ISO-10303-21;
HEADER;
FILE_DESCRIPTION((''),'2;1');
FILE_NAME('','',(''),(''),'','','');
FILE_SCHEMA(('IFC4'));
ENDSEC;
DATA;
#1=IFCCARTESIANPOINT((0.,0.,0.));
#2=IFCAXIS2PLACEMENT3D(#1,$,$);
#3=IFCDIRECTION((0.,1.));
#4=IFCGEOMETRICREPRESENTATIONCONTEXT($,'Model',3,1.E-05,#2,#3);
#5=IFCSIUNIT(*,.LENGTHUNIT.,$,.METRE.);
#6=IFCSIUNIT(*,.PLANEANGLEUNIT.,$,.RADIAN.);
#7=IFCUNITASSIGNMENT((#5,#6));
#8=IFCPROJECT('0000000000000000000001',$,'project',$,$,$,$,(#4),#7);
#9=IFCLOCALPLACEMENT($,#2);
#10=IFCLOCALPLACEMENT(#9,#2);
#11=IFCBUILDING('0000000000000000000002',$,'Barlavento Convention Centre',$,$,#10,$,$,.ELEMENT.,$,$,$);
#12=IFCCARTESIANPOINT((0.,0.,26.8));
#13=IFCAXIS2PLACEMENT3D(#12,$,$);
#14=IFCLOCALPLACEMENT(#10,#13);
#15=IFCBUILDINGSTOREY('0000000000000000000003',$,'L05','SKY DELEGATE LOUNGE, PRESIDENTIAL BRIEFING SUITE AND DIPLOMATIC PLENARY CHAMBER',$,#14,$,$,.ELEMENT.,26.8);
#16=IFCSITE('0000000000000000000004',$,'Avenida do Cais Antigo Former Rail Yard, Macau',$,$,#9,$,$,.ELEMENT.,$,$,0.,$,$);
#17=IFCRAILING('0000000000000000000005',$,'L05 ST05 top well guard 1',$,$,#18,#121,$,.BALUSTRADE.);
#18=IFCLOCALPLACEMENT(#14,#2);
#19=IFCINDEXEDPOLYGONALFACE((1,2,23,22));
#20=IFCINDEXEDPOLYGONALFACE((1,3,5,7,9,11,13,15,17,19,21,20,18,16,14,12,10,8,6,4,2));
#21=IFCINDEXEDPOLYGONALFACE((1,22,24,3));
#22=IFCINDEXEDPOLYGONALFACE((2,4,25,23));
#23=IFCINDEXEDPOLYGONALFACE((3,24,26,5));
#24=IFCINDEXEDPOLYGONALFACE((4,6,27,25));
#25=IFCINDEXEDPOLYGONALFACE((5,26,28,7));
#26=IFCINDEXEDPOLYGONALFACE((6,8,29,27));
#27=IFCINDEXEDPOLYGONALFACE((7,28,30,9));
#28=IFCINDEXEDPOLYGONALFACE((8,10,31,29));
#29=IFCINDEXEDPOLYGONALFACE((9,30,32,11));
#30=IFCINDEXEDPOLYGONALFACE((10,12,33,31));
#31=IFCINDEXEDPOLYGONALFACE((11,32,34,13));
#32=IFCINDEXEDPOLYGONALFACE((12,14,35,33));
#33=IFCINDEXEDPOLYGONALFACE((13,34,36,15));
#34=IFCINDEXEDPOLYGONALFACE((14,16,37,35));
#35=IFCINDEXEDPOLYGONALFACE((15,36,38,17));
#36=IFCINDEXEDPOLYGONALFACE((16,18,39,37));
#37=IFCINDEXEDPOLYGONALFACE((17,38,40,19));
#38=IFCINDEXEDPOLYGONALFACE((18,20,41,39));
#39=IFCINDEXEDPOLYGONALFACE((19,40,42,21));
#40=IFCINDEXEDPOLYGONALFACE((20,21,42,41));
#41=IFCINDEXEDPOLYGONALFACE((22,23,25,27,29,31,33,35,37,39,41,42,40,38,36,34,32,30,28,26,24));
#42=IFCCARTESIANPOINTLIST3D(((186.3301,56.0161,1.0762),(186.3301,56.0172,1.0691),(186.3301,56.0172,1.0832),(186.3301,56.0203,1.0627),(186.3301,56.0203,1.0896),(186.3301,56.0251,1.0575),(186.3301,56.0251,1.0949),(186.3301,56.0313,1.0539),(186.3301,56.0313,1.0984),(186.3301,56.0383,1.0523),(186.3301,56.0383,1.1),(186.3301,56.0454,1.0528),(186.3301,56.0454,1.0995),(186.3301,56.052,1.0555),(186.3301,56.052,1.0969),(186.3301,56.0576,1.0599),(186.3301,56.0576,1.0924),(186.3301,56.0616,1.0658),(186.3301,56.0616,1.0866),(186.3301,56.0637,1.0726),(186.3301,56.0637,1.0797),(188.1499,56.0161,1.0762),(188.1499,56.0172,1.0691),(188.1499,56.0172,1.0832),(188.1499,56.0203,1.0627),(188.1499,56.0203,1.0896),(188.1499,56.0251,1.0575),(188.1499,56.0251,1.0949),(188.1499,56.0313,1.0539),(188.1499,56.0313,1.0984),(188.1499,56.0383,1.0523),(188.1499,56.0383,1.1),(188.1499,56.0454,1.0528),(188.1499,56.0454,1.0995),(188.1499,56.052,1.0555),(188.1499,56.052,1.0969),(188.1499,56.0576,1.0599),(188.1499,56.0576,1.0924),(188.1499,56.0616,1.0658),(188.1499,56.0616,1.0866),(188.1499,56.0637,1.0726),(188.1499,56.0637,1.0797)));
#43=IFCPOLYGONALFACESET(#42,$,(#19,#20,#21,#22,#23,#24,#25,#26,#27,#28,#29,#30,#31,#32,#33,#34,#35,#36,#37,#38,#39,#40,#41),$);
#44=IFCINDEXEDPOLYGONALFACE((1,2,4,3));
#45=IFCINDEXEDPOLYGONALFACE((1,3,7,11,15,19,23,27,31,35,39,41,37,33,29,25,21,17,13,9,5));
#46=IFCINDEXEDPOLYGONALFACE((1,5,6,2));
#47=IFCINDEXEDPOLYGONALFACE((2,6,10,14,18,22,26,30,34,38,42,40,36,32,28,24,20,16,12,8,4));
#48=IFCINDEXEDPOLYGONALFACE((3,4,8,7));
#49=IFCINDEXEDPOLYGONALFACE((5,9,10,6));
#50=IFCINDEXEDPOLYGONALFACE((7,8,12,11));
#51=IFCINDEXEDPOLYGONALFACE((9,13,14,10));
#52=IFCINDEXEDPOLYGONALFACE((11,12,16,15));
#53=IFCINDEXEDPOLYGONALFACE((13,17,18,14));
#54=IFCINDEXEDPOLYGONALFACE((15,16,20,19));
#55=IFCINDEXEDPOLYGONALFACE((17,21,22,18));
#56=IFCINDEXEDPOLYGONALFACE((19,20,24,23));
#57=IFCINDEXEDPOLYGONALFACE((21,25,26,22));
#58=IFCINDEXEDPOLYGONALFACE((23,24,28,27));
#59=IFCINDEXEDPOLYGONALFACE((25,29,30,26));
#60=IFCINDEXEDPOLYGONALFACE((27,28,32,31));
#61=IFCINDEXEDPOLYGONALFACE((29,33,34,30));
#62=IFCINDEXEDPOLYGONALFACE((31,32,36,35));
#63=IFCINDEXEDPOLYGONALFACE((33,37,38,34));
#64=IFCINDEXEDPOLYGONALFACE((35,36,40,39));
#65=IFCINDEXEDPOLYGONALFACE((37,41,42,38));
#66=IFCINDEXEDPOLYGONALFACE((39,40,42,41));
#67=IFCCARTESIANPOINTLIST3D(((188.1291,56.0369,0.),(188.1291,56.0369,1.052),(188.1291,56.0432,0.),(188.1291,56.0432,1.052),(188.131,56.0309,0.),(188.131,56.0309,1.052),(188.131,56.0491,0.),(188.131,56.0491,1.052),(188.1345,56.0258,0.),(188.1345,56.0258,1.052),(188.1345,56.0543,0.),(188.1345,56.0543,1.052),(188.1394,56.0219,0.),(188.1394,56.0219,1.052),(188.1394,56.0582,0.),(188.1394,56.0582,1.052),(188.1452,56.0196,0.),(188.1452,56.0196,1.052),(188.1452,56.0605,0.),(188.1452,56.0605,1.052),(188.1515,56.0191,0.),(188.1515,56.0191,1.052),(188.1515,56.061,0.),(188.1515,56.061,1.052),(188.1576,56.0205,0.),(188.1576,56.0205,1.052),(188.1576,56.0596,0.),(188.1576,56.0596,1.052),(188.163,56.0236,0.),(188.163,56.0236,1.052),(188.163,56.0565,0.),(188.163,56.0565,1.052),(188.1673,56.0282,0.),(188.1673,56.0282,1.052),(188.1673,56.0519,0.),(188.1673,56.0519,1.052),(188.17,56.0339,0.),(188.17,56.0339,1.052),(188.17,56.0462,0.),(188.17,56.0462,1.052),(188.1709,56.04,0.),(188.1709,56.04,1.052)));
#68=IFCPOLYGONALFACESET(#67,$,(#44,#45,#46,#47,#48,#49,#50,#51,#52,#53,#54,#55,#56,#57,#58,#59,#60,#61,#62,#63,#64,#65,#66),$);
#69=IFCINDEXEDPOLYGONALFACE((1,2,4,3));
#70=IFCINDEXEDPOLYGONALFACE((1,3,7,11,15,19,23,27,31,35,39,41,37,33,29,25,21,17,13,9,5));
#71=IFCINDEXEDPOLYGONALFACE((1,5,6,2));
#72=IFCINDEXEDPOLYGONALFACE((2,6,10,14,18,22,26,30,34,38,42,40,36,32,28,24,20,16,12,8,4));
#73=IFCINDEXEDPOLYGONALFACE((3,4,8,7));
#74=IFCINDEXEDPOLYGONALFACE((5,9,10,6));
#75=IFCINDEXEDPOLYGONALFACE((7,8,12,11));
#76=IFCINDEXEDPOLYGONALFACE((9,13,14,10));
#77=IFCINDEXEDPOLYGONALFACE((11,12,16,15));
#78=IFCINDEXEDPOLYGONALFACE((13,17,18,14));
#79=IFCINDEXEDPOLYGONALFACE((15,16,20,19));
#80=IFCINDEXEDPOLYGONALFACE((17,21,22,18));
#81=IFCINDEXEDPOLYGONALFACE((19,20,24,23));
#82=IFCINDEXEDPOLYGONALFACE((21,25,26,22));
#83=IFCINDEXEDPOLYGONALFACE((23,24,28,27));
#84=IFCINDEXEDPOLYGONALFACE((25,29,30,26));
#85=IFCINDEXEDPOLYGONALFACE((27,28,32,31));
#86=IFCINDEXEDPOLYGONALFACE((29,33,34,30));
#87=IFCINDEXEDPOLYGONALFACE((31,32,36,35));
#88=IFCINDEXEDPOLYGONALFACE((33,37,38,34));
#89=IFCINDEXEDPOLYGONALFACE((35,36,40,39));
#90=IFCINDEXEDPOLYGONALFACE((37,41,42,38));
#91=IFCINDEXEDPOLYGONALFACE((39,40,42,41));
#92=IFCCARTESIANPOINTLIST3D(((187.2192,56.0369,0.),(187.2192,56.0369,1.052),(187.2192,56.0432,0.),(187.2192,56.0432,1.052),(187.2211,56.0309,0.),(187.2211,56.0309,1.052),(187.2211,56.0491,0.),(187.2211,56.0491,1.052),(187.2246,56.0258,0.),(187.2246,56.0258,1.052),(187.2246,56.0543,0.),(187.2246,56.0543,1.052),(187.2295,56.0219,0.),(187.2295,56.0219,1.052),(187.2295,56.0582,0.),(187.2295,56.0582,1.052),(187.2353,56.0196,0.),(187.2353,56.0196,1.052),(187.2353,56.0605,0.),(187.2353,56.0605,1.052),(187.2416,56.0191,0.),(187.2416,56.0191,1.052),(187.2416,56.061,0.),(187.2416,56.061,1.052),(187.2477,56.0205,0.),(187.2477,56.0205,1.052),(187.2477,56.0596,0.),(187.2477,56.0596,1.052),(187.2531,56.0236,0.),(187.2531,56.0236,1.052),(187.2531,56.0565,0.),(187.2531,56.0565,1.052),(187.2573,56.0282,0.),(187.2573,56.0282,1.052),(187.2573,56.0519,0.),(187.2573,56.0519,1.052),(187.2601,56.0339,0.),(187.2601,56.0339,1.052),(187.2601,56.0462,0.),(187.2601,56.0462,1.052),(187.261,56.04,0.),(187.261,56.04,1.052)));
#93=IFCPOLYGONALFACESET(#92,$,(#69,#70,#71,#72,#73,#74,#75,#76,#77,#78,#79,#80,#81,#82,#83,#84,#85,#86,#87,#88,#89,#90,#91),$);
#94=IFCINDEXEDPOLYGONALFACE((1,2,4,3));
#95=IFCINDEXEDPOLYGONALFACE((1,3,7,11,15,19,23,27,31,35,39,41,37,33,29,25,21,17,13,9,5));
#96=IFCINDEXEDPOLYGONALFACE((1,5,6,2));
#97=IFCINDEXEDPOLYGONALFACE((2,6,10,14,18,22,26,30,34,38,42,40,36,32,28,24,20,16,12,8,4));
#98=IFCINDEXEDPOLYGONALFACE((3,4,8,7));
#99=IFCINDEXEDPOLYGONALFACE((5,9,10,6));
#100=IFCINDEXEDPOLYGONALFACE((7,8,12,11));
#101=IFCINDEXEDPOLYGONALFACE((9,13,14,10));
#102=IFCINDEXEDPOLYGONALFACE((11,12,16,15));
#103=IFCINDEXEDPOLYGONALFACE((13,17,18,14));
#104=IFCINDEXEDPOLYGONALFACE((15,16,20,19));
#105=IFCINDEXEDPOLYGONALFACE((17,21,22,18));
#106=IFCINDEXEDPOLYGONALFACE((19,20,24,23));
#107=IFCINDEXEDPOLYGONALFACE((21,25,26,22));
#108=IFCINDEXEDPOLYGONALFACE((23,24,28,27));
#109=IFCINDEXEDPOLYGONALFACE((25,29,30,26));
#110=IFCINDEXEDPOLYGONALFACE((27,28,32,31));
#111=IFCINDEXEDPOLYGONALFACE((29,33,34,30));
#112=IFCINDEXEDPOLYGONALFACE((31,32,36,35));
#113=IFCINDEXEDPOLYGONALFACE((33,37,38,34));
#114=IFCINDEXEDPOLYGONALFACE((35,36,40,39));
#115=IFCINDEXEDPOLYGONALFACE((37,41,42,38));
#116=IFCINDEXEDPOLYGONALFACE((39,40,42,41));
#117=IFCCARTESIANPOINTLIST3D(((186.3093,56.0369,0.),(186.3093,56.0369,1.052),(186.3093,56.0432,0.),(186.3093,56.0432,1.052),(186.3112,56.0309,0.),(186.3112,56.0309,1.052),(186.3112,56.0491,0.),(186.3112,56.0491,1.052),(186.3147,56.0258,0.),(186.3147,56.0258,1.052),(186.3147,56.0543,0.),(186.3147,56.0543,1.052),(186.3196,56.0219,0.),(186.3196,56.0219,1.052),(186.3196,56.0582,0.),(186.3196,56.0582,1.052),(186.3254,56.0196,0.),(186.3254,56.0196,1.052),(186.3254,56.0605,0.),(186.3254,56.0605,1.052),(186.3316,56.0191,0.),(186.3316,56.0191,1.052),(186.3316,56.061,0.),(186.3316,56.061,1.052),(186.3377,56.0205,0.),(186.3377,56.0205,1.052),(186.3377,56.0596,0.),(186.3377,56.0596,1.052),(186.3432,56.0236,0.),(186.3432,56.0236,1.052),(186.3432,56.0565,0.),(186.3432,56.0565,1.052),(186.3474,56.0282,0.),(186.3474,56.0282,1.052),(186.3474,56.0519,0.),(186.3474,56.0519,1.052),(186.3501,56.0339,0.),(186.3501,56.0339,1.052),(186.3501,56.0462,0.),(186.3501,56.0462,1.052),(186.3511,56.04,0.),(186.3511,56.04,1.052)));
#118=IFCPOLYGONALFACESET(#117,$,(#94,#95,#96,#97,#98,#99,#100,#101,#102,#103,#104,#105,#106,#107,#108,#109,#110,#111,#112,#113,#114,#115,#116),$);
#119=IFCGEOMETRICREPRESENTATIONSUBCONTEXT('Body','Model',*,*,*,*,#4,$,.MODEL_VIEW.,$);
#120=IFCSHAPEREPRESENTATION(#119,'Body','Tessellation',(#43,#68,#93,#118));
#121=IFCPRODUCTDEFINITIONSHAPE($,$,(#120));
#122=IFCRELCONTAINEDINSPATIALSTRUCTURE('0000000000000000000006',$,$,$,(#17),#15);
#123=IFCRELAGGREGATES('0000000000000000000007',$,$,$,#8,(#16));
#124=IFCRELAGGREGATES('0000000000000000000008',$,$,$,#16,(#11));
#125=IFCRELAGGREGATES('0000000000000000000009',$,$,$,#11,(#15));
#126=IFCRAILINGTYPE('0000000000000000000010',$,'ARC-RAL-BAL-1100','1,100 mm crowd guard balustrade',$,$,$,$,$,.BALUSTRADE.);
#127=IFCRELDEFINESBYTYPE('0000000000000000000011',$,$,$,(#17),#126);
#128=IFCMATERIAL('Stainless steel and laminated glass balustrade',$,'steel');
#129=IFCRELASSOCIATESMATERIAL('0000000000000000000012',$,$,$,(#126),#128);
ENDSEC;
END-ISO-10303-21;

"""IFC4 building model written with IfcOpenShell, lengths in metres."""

from ifc_helpers import new_model, si_unit, direction, frame, origin, origin_2d, place, context, subcontext, project, spatial, circle, extrude, material, type_object, element, save


model = new_model("IFC4")

# Units and contexts
model_context = context("Model", 3, precision=1e-05, world=origin(), true_north=direction((0.0, 1.0)))
body_context = subcontext(model_context, "Body", "Model", "MODEL_VIEW")
ifc_project = project(units=[si_unit("LENGTHUNIT", "METRE"), si_unit("PLANEANGLEUNIT", "RADIAN")], contexts=[model_context])

# Site, building, storey
site_placement = place(None, origin())
site = spatial("IfcSite", under=ifc_project, at=site_placement, Name="Avenida do Cais Antigo Former Rail Yard, Macau", CompositionType="ELEMENT", RefElevation=0.0)
building_placement = place(site_placement, origin())
building = spatial("IfcBuilding", under=site, at=building_placement, Name="Barlavento Convention Centre", CompositionType="ELEMENT")
storey_placement = place(building_placement, frame((0.0, 0.0, 26.8)))
storey = spatial("IfcBuildingStorey", under=building, at=storey_placement, Name="L05", Description="SKY DELEGATE LOUNGE, PRESIDENTIAL BRIEFING SUITE AND DIPLOMATIC PLENARY CHAMBER", CompositionType="ELEMENT", Elevation=26.8)

# Railing
ifc_material_1 = material(Name="Stainless steel and laminated glass balustrade", Category="steel")
railing_type = type_object("IfcRailingType", Name="ARC-RAL-BAL-1100", Description="1,100 mm crowd guard balustrade", PredefinedType="BALUSTRADE", material=ifc_material_1)
railing_1_placement = place(storey_placement, frame((188.1499, 56.04, 0.0)))
element("IfcRailing", 1, at=railing_1_placement, inside=storey, type_object=railing_type, Name="L05 ST05 top well guard 1", PredefinedType="BALUSTRADE", context=body_context, shape_type="SweptSolid", body=[
    extrude(circle(Radius=0.0239, at=origin_2d()), frame((0.0, 0.0, 1.0762), z_axis=(-1.0, 0.0, 0.0), x_axis=(0.0, -1.0, 0.0)), (0.0, 0.0, 1.0), 1.8198),
    extrude(circle(Radius=0.021, at=origin_2d()), origin(), (0.0, 0.0, 1.0), 1.052),
    extrude(circle(Radius=0.021, at=origin_2d()), frame((-0.9099, 0.0, 0.0)), (0.0, 0.0, 1.0), 1.052),
    extrude(circle(Radius=0.021, at=origin_2d()), frame((-1.8198, 0.0, 0.0)), (0.0, 0.0, 1.0), 1.052),
])

save(model, "model.ifc")
